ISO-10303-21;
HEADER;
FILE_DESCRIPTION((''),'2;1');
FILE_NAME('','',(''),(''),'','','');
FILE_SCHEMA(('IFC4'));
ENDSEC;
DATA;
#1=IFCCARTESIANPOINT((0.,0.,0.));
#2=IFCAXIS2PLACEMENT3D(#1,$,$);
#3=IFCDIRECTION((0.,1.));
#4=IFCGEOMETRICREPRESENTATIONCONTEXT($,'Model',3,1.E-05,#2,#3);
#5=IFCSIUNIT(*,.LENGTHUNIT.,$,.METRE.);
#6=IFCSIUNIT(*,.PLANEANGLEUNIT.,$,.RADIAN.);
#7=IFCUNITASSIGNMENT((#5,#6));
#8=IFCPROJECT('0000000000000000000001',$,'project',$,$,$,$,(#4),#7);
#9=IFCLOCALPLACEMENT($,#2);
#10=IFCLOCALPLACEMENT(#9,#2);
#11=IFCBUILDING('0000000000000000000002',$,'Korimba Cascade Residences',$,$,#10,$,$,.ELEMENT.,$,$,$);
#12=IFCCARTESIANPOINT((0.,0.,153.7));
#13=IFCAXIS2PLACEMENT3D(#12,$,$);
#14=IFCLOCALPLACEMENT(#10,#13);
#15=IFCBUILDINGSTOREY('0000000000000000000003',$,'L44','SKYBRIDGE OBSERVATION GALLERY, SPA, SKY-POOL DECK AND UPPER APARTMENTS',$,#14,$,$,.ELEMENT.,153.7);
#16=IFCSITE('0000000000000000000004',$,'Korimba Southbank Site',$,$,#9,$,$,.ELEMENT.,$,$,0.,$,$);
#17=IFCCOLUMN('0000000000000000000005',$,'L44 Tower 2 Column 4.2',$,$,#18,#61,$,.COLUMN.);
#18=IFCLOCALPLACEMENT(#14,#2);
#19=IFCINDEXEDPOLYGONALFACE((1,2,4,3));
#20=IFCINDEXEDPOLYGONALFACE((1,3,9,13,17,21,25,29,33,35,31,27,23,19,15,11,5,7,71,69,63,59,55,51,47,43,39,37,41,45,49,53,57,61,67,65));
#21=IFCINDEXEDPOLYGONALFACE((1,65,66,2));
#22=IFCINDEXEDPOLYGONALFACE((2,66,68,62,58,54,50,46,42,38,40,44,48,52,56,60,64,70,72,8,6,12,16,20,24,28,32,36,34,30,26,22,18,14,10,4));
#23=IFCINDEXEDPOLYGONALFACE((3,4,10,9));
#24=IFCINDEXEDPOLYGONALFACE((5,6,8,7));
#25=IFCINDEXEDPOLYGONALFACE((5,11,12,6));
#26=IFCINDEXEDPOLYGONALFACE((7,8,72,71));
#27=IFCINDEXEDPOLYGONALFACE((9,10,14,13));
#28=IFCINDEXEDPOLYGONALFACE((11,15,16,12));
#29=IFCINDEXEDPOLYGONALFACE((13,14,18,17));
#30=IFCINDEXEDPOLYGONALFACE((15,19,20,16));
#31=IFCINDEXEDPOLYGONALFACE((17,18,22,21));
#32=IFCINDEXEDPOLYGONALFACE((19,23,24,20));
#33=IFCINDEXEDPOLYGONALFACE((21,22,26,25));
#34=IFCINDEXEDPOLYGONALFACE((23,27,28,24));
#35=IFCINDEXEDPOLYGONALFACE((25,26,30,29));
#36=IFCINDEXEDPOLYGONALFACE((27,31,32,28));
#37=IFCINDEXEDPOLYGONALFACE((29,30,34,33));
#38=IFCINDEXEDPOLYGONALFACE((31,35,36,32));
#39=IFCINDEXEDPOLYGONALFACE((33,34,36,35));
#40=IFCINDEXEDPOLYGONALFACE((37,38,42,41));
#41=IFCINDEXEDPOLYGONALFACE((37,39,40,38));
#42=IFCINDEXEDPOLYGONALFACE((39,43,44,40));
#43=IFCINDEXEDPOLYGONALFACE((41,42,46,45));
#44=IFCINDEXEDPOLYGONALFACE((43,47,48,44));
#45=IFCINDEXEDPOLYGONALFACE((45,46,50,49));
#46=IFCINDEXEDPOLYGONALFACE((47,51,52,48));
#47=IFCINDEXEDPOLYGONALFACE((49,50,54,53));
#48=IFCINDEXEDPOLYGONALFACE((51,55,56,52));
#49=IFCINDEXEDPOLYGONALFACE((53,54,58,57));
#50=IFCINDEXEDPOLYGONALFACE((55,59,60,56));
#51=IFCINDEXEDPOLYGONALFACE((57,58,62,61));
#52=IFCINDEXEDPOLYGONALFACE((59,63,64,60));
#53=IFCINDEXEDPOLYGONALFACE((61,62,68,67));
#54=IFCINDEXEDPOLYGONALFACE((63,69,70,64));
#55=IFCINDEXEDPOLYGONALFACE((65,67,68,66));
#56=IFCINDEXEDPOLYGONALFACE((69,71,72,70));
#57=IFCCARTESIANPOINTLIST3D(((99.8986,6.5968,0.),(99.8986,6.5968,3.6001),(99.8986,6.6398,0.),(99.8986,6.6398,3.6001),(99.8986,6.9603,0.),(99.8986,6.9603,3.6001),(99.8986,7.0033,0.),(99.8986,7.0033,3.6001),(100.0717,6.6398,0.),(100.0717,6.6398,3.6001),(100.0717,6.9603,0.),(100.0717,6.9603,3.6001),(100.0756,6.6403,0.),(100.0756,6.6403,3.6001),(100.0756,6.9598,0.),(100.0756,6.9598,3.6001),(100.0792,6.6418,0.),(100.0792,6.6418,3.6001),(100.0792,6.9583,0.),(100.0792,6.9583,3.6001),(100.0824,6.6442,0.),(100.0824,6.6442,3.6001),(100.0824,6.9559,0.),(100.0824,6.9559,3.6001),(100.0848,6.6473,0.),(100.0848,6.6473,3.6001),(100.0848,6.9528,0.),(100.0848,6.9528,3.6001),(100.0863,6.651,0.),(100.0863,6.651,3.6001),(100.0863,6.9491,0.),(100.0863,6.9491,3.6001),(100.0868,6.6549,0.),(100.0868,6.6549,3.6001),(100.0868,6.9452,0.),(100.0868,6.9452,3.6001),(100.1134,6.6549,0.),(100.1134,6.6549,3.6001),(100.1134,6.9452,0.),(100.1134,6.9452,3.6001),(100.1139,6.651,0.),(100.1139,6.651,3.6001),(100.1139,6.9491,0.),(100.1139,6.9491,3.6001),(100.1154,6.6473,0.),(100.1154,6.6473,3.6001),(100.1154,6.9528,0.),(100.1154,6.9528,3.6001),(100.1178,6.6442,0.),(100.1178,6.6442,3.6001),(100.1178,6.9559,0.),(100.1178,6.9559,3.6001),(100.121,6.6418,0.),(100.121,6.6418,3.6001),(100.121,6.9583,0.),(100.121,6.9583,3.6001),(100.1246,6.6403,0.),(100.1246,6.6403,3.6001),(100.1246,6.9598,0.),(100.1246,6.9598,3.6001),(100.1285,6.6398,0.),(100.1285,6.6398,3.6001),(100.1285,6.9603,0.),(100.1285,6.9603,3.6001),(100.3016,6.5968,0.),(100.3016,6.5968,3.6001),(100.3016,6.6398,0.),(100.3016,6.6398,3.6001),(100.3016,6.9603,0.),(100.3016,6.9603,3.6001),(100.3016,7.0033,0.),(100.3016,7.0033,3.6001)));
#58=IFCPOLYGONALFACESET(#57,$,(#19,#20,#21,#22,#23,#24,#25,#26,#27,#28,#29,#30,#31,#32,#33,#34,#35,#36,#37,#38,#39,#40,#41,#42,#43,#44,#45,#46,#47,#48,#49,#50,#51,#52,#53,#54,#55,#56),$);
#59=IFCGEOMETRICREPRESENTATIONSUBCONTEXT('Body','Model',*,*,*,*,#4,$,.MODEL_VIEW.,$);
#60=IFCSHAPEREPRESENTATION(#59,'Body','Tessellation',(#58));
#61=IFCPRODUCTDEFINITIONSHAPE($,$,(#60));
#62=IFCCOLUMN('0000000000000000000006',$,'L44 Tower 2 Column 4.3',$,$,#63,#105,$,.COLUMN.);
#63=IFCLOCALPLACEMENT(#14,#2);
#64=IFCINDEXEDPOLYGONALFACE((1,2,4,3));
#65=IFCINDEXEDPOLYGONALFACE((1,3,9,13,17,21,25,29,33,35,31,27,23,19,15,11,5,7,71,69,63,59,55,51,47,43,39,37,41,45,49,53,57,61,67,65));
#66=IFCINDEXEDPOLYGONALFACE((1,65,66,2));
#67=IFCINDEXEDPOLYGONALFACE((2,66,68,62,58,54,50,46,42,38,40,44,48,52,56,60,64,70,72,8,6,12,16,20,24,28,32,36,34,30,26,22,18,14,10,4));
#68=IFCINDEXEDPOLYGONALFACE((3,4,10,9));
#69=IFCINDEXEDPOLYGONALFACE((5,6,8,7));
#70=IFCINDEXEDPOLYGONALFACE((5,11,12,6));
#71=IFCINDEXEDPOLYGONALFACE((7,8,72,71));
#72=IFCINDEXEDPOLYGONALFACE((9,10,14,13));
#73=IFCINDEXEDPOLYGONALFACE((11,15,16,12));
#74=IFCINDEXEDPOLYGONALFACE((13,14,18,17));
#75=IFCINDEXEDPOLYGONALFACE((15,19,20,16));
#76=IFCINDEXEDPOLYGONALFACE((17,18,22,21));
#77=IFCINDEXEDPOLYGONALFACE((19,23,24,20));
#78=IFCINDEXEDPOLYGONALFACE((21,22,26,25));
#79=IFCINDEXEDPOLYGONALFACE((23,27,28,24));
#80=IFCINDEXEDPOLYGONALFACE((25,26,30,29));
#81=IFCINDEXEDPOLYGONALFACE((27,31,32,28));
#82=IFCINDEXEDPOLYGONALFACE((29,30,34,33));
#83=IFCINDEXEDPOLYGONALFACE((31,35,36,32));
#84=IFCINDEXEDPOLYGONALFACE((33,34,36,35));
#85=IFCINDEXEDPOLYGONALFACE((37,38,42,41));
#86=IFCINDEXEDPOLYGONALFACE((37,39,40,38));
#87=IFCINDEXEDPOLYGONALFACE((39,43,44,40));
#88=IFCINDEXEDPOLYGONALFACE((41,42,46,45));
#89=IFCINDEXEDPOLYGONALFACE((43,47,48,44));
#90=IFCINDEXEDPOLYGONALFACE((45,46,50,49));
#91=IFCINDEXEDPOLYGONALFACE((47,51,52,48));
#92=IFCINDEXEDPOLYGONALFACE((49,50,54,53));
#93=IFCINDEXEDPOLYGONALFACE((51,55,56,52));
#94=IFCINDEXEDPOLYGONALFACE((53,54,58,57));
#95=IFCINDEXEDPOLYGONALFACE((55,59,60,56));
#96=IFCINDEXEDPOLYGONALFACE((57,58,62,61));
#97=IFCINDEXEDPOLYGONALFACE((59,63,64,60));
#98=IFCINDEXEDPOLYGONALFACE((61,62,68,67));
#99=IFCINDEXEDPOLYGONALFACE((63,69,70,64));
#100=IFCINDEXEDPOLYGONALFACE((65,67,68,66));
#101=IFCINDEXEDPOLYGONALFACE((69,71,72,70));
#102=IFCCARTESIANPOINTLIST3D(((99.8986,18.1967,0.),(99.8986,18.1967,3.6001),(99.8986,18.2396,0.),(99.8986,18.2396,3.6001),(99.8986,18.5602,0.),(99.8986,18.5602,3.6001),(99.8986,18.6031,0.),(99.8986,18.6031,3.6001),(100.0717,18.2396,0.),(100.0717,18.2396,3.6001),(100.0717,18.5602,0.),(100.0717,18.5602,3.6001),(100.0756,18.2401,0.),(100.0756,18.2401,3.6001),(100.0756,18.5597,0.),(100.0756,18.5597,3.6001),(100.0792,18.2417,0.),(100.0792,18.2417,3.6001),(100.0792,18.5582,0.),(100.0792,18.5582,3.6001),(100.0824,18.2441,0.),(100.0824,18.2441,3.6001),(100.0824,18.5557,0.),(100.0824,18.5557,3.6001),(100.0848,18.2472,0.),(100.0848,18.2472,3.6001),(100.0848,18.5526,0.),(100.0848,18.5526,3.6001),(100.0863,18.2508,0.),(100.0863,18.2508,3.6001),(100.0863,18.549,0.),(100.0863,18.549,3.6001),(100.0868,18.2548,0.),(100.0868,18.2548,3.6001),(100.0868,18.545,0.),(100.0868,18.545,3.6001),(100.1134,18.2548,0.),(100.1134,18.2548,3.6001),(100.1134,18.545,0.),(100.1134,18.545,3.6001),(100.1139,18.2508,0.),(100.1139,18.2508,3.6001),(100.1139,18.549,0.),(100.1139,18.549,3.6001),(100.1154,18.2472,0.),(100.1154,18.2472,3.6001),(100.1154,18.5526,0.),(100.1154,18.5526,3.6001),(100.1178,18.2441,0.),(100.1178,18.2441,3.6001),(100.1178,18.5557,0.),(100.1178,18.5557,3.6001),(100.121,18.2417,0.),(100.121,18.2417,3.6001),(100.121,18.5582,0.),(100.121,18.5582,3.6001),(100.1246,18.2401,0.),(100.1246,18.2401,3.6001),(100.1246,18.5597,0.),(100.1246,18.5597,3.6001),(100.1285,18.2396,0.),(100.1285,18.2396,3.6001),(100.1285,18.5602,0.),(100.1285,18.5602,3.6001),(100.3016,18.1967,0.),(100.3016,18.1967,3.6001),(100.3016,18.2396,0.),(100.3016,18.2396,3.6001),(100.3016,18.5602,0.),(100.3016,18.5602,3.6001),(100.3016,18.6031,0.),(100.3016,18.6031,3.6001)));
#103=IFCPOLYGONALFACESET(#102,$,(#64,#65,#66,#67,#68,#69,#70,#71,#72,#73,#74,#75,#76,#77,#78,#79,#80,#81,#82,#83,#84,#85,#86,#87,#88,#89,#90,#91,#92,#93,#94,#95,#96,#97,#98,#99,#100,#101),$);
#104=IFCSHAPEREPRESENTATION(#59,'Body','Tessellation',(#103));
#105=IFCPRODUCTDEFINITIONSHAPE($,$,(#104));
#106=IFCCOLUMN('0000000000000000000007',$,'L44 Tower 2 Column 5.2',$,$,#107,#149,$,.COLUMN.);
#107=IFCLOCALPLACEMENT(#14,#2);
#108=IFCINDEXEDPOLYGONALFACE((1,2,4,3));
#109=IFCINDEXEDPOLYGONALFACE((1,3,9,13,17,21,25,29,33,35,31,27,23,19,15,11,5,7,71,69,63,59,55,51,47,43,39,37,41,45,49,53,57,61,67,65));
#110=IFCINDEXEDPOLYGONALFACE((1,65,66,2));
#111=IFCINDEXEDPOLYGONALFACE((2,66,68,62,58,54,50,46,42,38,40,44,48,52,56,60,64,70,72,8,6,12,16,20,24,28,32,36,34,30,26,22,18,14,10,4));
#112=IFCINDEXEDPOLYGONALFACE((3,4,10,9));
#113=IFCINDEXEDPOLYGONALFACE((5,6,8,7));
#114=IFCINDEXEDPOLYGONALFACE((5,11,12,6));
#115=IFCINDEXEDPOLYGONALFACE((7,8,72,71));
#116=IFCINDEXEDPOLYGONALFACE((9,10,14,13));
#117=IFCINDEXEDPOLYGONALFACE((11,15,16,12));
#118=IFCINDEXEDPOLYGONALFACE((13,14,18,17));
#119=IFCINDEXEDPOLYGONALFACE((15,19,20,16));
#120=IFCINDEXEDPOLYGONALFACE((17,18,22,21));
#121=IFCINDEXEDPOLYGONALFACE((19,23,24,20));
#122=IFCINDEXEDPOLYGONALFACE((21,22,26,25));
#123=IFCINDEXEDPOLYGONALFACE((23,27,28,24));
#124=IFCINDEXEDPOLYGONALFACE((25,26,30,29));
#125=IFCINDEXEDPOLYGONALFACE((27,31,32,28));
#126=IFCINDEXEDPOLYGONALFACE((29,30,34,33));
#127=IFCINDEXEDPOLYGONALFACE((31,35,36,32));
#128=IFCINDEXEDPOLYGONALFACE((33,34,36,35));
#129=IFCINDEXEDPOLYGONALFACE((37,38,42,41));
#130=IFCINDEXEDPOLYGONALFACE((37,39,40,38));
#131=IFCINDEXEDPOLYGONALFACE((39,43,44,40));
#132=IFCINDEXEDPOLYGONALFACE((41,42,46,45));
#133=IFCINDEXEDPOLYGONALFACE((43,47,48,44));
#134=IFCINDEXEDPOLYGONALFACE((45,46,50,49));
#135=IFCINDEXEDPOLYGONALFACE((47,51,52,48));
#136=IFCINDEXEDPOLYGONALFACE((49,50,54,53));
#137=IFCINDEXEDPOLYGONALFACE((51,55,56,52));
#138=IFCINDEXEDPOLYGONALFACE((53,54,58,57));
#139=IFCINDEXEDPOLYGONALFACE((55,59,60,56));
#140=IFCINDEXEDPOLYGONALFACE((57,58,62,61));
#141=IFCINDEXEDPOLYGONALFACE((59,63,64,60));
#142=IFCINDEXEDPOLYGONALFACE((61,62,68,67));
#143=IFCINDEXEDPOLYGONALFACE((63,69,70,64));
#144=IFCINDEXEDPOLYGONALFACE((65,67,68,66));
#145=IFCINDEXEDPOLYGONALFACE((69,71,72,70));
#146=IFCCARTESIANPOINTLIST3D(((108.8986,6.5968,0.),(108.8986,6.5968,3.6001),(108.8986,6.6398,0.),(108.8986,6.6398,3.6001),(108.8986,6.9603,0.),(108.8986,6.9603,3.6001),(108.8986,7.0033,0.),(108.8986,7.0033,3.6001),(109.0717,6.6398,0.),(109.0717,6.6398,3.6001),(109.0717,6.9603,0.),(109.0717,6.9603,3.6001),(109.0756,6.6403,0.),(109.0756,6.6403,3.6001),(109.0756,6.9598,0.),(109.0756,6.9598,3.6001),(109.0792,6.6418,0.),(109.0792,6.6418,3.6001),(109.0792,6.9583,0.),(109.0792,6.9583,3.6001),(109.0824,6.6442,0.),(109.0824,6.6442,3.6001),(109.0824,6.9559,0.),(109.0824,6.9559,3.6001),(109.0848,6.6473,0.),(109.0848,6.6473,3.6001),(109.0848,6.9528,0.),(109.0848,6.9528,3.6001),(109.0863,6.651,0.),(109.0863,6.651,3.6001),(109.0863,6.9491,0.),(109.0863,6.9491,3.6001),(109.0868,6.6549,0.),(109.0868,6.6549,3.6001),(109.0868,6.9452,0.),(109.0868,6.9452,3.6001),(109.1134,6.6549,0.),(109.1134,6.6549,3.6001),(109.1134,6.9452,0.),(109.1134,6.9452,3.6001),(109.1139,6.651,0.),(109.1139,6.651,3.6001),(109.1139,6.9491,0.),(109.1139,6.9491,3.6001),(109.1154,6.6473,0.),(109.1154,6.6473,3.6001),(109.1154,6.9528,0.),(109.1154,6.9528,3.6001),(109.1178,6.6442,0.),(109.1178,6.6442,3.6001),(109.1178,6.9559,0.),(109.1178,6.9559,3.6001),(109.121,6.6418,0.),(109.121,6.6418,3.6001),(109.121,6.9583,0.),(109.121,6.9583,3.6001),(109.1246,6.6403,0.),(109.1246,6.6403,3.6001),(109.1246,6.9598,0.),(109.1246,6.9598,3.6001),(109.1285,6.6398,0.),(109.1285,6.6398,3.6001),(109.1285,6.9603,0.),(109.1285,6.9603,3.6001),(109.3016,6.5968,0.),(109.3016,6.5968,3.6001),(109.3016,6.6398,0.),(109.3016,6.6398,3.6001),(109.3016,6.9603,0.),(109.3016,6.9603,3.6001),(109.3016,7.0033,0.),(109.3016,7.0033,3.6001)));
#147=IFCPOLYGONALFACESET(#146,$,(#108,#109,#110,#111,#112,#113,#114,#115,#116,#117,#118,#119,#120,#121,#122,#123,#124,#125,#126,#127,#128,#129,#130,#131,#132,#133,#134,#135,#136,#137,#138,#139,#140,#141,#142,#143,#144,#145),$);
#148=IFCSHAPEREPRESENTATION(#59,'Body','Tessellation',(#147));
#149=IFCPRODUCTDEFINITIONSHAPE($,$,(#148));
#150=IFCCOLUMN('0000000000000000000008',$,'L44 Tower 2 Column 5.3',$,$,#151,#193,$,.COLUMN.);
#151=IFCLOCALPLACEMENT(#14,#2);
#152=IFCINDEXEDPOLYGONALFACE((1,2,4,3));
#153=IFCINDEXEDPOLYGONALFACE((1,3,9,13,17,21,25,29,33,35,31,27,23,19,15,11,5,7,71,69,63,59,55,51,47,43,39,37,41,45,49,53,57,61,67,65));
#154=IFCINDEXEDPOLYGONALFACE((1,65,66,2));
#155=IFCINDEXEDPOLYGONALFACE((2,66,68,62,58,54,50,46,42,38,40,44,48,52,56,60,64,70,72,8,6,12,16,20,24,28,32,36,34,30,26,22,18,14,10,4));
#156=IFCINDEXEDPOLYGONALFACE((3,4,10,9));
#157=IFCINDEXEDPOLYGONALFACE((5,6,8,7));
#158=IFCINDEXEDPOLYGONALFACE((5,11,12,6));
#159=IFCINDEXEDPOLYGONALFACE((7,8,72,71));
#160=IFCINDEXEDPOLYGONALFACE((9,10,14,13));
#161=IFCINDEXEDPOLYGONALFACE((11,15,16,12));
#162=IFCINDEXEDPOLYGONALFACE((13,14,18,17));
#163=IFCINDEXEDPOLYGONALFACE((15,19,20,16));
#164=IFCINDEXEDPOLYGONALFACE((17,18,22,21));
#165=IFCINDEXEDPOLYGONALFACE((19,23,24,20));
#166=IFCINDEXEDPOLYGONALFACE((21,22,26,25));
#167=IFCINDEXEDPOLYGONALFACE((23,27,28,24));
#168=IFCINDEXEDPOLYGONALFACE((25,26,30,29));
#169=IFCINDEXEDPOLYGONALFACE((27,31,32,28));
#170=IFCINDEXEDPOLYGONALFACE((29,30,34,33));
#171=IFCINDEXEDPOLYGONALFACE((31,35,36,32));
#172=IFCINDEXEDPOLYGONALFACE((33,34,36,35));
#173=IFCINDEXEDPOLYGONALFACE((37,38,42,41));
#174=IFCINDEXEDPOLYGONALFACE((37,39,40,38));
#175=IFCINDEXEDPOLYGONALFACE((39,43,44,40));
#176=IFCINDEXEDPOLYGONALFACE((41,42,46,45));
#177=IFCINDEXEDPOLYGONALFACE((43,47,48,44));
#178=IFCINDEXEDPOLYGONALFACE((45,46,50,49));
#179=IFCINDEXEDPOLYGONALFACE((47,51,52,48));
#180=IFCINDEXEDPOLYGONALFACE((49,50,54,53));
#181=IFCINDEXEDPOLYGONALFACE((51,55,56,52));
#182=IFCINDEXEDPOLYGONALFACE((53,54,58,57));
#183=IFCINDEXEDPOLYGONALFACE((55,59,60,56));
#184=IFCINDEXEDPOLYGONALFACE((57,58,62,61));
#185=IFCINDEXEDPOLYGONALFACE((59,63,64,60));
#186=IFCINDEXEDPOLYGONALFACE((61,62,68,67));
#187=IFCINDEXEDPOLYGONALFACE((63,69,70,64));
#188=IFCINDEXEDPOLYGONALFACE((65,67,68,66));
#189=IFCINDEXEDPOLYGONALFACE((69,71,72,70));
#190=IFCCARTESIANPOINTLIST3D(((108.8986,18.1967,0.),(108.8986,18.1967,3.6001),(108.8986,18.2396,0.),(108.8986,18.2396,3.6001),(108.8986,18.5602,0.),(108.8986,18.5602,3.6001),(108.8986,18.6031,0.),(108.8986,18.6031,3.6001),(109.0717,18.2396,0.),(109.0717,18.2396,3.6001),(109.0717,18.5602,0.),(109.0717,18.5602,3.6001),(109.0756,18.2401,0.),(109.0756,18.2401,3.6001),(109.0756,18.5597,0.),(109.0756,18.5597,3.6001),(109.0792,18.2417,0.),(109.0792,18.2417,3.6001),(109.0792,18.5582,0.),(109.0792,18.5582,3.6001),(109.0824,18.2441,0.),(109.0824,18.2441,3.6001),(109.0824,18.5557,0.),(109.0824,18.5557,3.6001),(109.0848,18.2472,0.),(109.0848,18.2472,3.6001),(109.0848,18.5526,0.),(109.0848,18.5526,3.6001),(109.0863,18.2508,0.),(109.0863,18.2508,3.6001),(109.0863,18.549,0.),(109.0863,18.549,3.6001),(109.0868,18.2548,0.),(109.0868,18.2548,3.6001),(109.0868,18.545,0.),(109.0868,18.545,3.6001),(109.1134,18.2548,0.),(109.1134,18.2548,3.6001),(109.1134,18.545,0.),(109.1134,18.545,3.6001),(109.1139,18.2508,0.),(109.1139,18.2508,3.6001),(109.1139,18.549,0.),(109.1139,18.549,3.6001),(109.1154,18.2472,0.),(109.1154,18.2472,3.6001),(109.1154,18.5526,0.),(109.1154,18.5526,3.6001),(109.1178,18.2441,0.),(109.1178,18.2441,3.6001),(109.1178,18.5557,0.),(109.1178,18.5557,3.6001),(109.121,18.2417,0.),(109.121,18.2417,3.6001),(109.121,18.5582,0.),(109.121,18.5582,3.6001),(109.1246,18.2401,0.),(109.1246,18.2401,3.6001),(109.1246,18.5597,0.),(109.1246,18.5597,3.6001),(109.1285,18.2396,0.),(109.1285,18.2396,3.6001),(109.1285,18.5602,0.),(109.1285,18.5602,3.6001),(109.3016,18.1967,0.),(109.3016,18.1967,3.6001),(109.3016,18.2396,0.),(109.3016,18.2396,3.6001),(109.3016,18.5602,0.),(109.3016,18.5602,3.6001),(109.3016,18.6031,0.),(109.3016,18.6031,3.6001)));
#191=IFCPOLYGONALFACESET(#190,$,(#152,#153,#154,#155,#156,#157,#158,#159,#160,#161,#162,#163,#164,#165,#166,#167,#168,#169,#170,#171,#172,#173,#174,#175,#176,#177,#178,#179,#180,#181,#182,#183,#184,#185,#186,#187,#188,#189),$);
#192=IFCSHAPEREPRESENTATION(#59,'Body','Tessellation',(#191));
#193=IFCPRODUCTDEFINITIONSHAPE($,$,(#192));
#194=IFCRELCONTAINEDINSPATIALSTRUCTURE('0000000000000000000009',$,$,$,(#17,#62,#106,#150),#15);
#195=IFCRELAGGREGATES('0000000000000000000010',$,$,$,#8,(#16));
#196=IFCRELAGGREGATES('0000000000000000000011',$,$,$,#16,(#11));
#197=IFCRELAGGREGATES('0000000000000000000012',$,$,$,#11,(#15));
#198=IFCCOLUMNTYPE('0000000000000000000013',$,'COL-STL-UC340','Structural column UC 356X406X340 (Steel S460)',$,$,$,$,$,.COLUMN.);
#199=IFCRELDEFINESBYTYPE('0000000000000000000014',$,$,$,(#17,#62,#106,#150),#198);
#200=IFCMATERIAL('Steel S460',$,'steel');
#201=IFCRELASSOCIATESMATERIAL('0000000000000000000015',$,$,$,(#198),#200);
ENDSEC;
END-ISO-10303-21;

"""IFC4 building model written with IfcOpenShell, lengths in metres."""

from ifc_helpers import new_model, si_unit, direction, frame, origin, origin_2d, place, context, subcontext, project, spatial, i_section, extrude, material, material_profile, profile_set, type_object, element, save


model = new_model("IFC4")

# Units and contexts
model_context = context("Model", 3, precision=1e-05, world=origin(), true_north=direction((0.0, 1.0)))
body_context = subcontext(model_context, "Body", "Model", "MODEL_VIEW")
ifc_project = project(units=[si_unit("LENGTHUNIT", "METRE"), si_unit("PLANEANGLEUNIT", "RADIAN")], contexts=[model_context])

# Site, building, storey
site_placement = place(None, origin())
site = spatial("IfcSite", under=ifc_project, at=site_placement, Name="Korimba Southbank Site", CompositionType="ELEMENT", RefElevation=0.0)
building_placement = place(site_placement, origin())
building = spatial("IfcBuilding", under=site, at=building_placement, Name="Korimba Cascade Residences", CompositionType="ELEMENT")
storey_placement = place(building_placement, frame((0.0, 0.0, 153.7)))
storey = spatial("IfcBuildingStorey", under=building, at=storey_placement, Name="L44", Description="SKYBRIDGE OBSERVATION GALLERY, SPA, SKY-POOL DECK AND UPPER APARTMENTS", CompositionType="ELEMENT", Elevation=153.7)

# Columns
ifc_material_1 = material(Name="Steel S460", Category="steel")
ifc_material_profile_1 = material_profile(ifc_material_1, i_section(OverallWidth=0.4031, OverallDepth=0.4065, WebThickness=0.0266, FlangeThickness=0.043, FilletRadius=0.0151, at=origin_2d()), Name="Steel S460")
ifc_profile_set_1 = profile_set([ifc_material_profile_1], Name="Steel S460")
column_type = type_object("IfcColumnType", Name="COL-STL-UC340", Description="Structural column UC 356X406X340 (Steel S460)", PredefinedType="COLUMN", material=ifc_profile_set_1)
for number, where, z_axis, x_axis, name in (
    (1, (100.1001, 6.8, 0.0), (0.0, 0.0, 1.0), (1.0, 0.0, 0.0), "L44 Tower 2 Column 4.2"),
    (2, (100.1001, 18.3999, 0.0), (0.0, 0.0, 1.0), (1.0, 0.0, 0.0), "L44 Tower 2 Column 4.3"),
    (3, (109.1001, 6.8, 0.0), (0.0, 0.0, 1.0), (1.0, 0.0, 0.0), "L44 Tower 2 Column 5.2"),
    (4, (109.1001, 18.3999, 0.0), (0.0, 0.0, 1.0), (1.0, 0.0, 0.0), "L44 Tower 2 Column 5.3"),
):
    element("IfcColumn", number, at=place(storey_placement, frame(where, z_axis=z_axis, x_axis=x_axis)), inside=storey, type_object=column_type, Name=name, PredefinedType="COLUMN", context=body_context, shape_type="SweptSolid", body=[
        extrude(i_section(OverallWidth=0.4031, OverallDepth=0.4065, WebThickness=0.0266, FlangeThickness=0.043, FilletRadius=0.0151, at=origin_2d()), origin(), (0.0, 0.0, 1.0), 3.6001),
    ])

save(model, "model.ifc")
